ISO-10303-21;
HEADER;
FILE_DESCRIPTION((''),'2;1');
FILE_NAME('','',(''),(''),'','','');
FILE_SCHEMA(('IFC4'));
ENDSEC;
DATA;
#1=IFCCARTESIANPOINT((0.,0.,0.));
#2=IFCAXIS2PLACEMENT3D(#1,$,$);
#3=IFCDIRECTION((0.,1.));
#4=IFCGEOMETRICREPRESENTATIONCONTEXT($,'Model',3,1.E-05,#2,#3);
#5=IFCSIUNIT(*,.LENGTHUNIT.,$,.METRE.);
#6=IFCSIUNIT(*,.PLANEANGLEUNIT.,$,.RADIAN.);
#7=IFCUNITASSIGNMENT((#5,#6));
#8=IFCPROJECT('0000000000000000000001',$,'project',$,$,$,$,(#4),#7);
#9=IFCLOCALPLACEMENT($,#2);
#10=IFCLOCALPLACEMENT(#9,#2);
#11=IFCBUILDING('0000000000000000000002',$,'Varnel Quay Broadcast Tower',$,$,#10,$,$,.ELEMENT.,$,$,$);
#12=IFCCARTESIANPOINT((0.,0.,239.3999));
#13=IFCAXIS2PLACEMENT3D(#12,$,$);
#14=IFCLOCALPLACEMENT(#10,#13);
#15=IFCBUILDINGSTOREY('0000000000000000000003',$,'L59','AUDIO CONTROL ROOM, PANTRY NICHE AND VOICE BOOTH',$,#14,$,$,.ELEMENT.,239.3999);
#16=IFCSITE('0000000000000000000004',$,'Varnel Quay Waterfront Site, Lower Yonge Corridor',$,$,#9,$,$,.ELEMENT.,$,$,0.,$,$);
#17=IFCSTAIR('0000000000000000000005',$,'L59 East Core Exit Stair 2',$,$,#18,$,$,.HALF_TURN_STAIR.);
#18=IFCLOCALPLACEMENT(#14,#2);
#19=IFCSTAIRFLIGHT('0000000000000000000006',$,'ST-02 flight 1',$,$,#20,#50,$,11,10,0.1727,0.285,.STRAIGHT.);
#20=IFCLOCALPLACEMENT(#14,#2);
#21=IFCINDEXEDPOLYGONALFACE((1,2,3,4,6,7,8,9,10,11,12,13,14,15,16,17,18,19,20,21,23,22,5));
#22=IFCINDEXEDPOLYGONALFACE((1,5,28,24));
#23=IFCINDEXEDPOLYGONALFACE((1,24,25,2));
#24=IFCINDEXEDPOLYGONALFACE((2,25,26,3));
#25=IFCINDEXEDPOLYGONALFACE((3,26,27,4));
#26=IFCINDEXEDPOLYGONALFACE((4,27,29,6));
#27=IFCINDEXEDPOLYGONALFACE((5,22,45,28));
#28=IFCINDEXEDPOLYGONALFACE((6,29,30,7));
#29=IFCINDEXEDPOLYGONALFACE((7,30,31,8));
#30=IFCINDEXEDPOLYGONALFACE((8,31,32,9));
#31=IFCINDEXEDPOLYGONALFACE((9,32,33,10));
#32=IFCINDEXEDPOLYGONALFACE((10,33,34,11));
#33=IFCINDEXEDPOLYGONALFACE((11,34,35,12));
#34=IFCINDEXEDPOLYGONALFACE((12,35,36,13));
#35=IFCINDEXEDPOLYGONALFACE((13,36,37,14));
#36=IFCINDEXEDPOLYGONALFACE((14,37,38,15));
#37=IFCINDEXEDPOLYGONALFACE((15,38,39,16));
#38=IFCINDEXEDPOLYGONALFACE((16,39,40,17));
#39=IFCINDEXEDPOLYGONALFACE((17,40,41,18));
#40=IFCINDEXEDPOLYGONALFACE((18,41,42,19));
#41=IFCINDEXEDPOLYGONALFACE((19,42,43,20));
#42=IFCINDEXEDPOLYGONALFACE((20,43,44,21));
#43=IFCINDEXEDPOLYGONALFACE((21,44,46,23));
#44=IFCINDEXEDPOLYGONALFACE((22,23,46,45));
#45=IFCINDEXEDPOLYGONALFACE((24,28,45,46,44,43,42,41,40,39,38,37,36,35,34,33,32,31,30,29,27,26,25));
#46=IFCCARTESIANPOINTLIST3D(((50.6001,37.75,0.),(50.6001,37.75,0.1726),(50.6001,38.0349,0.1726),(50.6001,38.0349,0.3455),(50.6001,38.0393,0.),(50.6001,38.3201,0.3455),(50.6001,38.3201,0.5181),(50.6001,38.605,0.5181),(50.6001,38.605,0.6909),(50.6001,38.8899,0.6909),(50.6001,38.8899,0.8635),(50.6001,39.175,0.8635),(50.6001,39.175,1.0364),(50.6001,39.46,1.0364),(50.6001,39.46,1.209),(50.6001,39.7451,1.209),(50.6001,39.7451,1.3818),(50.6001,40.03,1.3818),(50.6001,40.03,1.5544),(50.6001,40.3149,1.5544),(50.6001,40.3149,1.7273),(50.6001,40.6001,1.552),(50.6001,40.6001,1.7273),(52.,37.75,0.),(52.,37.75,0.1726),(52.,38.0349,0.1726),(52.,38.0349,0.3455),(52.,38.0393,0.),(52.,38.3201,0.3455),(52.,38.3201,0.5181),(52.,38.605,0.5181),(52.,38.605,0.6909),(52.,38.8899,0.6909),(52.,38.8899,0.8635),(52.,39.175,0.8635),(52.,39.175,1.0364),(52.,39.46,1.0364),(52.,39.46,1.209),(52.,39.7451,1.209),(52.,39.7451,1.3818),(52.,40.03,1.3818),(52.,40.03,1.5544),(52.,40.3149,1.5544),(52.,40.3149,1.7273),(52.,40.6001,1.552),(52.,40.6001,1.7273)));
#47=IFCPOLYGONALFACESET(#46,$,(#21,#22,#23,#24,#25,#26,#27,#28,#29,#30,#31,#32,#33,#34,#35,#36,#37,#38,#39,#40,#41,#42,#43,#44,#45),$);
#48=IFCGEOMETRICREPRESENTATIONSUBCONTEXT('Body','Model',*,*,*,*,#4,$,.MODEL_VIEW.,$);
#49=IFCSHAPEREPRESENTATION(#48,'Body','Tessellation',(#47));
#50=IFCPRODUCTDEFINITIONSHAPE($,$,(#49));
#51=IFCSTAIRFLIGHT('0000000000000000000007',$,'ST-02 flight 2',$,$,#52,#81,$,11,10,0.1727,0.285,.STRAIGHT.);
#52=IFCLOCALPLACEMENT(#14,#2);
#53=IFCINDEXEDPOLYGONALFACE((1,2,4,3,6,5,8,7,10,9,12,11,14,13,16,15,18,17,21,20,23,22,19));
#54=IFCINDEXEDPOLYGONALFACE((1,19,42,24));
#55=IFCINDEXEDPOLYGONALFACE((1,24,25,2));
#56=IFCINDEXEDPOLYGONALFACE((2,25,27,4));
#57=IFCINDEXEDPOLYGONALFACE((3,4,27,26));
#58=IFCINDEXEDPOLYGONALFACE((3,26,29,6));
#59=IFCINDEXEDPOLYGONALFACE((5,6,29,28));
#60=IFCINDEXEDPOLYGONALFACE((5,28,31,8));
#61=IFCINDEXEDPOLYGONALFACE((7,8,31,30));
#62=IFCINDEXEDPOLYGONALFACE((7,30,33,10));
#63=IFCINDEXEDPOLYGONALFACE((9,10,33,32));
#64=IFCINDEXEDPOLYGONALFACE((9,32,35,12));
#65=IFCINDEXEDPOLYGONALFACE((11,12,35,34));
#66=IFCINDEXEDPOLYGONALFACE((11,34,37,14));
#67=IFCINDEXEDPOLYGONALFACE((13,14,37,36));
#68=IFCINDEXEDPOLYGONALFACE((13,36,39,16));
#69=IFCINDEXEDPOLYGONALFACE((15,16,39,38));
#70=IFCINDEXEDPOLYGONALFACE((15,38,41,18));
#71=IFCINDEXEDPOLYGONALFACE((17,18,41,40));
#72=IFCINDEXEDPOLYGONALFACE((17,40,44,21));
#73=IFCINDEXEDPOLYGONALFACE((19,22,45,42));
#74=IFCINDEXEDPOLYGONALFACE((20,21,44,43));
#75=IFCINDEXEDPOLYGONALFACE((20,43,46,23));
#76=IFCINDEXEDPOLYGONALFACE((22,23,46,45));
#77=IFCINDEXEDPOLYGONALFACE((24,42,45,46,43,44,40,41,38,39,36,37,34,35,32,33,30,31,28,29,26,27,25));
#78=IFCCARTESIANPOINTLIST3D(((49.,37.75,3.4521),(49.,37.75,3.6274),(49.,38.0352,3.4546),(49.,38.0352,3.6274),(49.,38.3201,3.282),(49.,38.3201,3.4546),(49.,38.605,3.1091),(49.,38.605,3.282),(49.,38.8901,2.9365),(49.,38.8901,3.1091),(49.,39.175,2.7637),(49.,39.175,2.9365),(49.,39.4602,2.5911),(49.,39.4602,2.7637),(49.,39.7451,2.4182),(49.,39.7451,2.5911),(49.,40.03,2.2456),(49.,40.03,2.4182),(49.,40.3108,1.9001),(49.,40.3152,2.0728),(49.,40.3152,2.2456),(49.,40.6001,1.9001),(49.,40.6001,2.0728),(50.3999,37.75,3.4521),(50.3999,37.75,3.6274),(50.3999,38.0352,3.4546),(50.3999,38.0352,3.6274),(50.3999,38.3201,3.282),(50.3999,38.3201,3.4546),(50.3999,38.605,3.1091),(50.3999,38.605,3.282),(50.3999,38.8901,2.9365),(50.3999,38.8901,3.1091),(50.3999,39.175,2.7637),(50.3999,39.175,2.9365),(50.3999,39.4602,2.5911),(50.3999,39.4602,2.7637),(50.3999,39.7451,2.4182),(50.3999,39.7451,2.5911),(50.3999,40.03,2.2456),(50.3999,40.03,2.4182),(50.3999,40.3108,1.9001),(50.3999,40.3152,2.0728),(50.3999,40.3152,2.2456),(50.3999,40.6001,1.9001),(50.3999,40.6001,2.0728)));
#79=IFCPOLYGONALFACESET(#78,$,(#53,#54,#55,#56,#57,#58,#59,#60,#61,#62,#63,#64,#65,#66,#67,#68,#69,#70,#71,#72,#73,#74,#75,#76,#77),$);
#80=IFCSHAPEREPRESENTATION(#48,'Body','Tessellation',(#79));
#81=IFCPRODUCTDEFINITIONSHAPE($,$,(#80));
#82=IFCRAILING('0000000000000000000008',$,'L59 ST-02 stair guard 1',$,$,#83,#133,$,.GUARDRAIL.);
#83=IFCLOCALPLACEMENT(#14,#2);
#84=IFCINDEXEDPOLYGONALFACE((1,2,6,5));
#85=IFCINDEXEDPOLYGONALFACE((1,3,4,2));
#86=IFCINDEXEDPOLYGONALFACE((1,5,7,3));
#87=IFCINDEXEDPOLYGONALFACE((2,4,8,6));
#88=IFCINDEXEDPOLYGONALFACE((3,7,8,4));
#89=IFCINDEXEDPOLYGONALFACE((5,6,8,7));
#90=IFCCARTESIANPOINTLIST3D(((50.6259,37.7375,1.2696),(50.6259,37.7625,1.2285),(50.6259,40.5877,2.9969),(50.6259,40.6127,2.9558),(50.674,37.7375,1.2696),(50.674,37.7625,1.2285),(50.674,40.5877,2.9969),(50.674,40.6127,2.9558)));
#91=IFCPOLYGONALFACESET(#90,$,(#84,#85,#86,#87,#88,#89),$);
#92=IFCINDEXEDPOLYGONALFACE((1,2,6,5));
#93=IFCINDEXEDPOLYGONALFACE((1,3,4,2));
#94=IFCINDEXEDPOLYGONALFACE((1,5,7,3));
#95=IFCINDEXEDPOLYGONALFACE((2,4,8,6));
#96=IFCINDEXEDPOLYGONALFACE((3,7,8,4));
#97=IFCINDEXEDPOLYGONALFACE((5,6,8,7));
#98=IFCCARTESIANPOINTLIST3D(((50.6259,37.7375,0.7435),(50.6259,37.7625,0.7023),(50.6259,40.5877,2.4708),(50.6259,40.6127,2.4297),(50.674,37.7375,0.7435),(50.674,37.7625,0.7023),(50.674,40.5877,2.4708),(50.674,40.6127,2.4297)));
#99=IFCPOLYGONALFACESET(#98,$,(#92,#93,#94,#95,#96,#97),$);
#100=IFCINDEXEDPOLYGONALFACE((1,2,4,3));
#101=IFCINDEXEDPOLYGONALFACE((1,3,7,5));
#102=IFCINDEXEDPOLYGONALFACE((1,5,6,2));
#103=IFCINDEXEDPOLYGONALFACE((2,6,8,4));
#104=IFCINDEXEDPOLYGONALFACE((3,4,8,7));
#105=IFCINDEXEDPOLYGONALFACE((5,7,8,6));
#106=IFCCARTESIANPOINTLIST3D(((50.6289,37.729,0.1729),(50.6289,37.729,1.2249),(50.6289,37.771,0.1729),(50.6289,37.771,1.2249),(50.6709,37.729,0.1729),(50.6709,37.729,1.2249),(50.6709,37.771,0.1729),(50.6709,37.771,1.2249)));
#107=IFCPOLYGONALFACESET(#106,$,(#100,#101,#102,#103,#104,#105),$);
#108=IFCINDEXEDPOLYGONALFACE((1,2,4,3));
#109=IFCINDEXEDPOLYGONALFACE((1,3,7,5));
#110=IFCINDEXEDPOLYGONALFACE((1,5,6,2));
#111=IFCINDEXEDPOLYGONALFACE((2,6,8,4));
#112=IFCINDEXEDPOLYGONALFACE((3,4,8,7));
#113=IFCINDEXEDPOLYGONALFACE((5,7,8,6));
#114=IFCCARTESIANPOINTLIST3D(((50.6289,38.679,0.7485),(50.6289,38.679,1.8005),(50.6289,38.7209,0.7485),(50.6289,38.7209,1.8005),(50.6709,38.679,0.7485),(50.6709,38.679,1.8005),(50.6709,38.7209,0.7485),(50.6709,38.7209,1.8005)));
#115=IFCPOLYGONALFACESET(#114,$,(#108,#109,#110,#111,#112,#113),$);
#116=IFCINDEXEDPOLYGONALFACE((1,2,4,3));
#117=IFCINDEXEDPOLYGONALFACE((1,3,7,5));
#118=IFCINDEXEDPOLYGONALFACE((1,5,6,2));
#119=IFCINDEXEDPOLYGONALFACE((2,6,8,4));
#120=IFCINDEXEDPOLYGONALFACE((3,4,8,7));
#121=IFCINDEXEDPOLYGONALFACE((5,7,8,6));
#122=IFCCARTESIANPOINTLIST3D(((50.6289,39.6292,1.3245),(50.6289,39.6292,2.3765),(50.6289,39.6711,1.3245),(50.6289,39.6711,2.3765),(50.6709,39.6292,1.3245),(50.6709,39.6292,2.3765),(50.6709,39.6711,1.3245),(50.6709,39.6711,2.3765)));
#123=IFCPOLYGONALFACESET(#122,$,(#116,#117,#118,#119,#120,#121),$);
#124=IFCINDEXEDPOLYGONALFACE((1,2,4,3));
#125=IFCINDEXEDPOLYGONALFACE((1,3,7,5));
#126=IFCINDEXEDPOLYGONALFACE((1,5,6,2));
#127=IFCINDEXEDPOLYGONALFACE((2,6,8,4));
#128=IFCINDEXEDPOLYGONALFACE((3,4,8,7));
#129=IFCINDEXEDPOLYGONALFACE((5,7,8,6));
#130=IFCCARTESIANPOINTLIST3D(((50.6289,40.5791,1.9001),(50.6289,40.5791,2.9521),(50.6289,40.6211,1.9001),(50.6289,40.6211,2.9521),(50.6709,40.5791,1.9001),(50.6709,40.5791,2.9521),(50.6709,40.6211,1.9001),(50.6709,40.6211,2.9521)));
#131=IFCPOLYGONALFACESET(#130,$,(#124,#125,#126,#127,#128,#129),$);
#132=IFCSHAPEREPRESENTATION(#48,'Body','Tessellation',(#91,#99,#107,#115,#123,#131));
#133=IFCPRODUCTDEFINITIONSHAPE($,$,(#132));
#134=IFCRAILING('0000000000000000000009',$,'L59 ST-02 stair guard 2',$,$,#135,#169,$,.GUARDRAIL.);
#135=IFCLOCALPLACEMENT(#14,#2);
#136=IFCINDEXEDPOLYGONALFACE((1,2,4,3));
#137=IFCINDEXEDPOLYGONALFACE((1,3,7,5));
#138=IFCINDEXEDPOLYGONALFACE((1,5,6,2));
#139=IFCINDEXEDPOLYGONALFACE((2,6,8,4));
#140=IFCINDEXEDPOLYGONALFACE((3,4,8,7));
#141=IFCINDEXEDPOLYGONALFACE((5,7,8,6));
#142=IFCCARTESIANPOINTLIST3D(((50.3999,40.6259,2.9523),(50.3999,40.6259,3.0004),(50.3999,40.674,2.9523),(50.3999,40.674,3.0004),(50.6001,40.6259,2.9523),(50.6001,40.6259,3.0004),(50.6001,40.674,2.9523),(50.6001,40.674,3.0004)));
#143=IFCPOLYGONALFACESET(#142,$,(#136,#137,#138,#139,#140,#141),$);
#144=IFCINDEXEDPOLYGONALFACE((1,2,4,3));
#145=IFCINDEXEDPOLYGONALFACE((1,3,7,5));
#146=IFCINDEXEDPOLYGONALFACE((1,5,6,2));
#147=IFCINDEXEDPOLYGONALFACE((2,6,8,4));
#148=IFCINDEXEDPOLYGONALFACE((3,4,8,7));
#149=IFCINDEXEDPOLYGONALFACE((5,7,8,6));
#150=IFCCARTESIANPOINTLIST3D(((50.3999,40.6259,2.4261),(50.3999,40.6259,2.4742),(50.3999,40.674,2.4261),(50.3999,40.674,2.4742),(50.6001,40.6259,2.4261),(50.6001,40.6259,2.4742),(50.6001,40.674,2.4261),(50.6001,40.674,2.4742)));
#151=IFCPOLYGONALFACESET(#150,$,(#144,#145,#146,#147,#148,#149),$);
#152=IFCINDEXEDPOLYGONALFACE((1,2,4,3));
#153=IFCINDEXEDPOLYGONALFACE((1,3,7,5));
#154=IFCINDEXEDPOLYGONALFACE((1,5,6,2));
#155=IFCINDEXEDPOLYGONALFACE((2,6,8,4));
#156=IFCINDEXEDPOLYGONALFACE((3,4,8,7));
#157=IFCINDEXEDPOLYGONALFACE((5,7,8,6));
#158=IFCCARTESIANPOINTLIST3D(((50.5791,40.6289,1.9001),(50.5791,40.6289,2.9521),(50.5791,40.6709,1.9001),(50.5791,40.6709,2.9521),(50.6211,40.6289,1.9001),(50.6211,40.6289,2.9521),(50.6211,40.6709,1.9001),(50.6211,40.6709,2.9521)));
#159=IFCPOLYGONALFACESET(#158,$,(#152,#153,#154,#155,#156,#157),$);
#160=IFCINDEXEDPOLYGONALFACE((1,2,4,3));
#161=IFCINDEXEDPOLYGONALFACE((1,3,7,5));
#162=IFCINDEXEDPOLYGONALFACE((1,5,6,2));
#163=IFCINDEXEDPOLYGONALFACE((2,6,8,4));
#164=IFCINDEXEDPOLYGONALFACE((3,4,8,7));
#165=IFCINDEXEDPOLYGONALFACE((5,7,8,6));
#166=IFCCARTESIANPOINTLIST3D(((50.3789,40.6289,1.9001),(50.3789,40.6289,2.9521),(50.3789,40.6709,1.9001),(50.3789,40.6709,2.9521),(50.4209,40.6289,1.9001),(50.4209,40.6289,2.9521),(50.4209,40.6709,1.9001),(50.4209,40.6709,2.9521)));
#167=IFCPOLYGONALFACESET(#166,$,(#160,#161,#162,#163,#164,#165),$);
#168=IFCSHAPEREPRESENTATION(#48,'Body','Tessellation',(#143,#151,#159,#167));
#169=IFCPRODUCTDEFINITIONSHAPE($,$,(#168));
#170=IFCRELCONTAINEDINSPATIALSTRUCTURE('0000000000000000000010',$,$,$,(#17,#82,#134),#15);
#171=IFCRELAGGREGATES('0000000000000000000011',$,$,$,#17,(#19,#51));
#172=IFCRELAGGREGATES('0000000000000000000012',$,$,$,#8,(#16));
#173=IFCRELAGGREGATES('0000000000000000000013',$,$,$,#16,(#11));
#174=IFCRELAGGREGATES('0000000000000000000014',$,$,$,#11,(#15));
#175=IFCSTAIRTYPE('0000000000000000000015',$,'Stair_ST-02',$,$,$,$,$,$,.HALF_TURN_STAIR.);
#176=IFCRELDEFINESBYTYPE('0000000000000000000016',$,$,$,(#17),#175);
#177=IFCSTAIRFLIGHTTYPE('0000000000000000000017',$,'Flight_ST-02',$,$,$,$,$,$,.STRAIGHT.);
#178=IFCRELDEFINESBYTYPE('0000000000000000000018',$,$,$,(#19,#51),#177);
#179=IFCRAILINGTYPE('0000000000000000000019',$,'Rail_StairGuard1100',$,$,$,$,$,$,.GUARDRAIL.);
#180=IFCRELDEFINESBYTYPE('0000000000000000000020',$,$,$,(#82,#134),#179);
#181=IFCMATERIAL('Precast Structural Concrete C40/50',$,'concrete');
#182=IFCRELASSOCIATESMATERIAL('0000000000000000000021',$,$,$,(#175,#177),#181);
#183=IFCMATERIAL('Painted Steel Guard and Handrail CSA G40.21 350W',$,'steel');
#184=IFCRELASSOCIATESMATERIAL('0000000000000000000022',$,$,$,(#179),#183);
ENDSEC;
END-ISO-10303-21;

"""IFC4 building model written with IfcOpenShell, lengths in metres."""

from ifc_helpers import new_model, si_unit, direction, frame, origin, origin_2d, place, context, subcontext, project, spatial, polyline, rectangle, outline, extrude, material, type_object, element, aggregate, save


model = new_model("IFC4")

# Units and contexts
model_context = context("Model", 3, precision=1e-05, world=origin(), true_north=direction((0.0, 1.0)))
body_context = subcontext(model_context, "Body", "Model", "MODEL_VIEW")
ifc_project = project(units=[si_unit("LENGTHUNIT", "METRE"), si_unit("PLANEANGLEUNIT", "RADIAN")], contexts=[model_context])

# Site, building, storey
site_placement = place(None, origin())
site = spatial("IfcSite", under=ifc_project, at=site_placement, Name="Varnel Quay Waterfront Site, Lower Yonge Corridor", CompositionType="ELEMENT", RefElevation=0.0)
building_placement = place(site_placement, origin())
building = spatial("IfcBuilding", under=site, at=building_placement, Name="Varnel Quay Broadcast Tower", CompositionType="ELEMENT")
storey_placement = place(building_placement, frame((0.0, 0.0, 239.3999)))
storey = spatial("IfcBuildingStorey", under=building, at=storey_placement, Name="L59", Description="AUDIO CONTROL ROOM, PANTRY NICHE AND VOICE BOOTH", CompositionType="ELEMENT", Elevation=239.3999)

# Stair, stair flights
ifc_material_1 = material(Name="Precast Structural Concrete C40/50", Category="concrete")
stair_type = type_object("IfcStairType", Name="Stair_ST-02", PredefinedType="HALF_TURN_STAIR", material=ifc_material_1)
stair_placement = place(storey_placement, origin())
stair = element("IfcStair", 1, at=stair_placement, inside=storey, type_object=stair_type, Name="L59 East Core Exit Stair 2", PredefinedType="HALF_TURN_STAIR")
stair_flight_type = type_object("IfcStairFlightType", Name="Flight_ST-02", PredefinedType="STRAIGHT", material=ifc_material_1)
stair_flight_1_placement = place(storey_placement, frame((51.3, 37.75, 0.0), z_axis=(0.0, 0.0, 1.0), x_axis=(0.0, 1.0, 0.0)))
stair_flight_1 = element("IfcStairFlight", 2, at=stair_flight_1_placement, type_object=stair_flight_type, Name="ST-02 flight 1", NumberOfRisers=11, NumberOfTreads=10, PredefinedType="STRAIGHT", RiserHeight=0.1727, TreadLength=0.285, context=body_context, shape_type="SweptSolid", body=[
    extrude(outline(polyline([(0.0, 0.0), (0.0, 0.1726), (0.2849, 0.1726), (0.2849, 0.3455), (0.5701, 0.3455), (0.5701, 0.5181), (0.855, 0.5181), (0.855, 0.6909), (1.1399, 0.6909), (1.1399, 0.8635), (1.425, 0.8635), (1.425, 1.0364), (1.71, 1.0364), (1.71, 1.209), (1.9951, 1.209), (1.9951, 1.3818), (2.28, 1.3818), (2.28, 1.5544), (2.5649, 1.5544), (2.5649, 1.7273), (2.8501, 1.7273), (2.8501, 1.8999), (2.8501, 1.552), (0.2893, 0.0), (0.0, 0.0)])), frame((0.0, 0.7, 0.0), z_axis=(0.0, -1.0, 0.0), x_axis=(1.0, 0.0, 0.0)), (0.0, 0.0, 1.0), 1.3999),
])
stair_flight_2_placement = place(storey_placement, frame((49.7, 40.6001, 1.9001), z_axis=(0.0, 0.0, 1.0), x_axis=(0.0, -1.0, 0.0)))
stair_flight_2 = element("IfcStairFlight", 3, at=stair_flight_2_placement, type_object=stair_flight_type, Name="ST-02 flight 2", NumberOfRisers=11, NumberOfTreads=10, PredefinedType="STRAIGHT", RiserHeight=0.1727, TreadLength=0.285, context=body_context, shape_type="SweptSolid", body=[
    extrude(outline(polyline([(0.0, 0.0), (0.0, 0.1726), (0.2849, 0.1726), (0.2849, 0.3455), (0.5701, 0.3455), (0.5701, 0.5181), (0.855, 0.5181), (0.855, 0.6909), (1.1399, 0.6909), (1.1399, 0.8635), (1.425, 0.8635), (1.425, 1.0364), (1.71, 1.0364), (1.71, 1.209), (1.9951, 1.209), (1.9951, 1.3818), (2.28, 1.3818), (2.28, 1.5544), (2.5649, 1.5544), (2.5649, 1.7273), (2.8501, 1.7273), (2.8501, 1.8999), (2.8501, 1.552), (0.2893, 0.0), (0.0, 0.0)])), frame((0.0, 0.7, 0.0), z_axis=(0.0, -1.0, 0.0), x_axis=(1.0, 0.0, 0.0)), (0.0, 0.0, 1.0), 1.3999),
])
aggregate(stair, [stair_flight_1, stair_flight_2])

# Railings
ifc_material_2 = material(Name="Painted Steel Guard and Handrail CSA G40.21 350W", Category="steel")
railing_type_1 = type_object("IfcRailingType", Name="Rail_StairGuard1100", PredefinedType="GUARDRAIL", material=ifc_material_2)
railing_1_placement = place(storey_placement, frame((50.6499, 37.75, 0.1729)))
element("IfcRailing", 4, at=railing_1_placement, inside=storey, type_object=railing_type_1, Name="L59 ST-02 stair guard 1", PredefinedType="GUARDRAIL", context=body_context, shape_type="SweptSolid", body=[
    extrude(rectangle(XDim=0.0481, YDim=0.0481, at=origin_2d()), frame((0.0, 0.0, 1.0762), z_axis=(0.0, 0.855203, 0.518294), x_axis=(-1.0, 0.0, 0.0)), (0.0, 0.0, 1.0), 3.3328),
    extrude(rectangle(XDim=0.0481, YDim=0.0481, at=origin_2d()), frame((0.0, 0.0, 0.55), z_axis=(0.0, 0.855203, 0.518294), x_axis=(-1.0, 0.0, 0.0)), (0.0, 0.0, 1.0), 3.3328),
    extrude(rectangle(XDim=0.042, YDim=0.042, at=origin_2d()), origin(), (0.0, 0.0, 1.0), 1.052),
    extrude(rectangle(XDim=0.042, YDim=0.042, at=origin_2d()), frame((0.0, 0.95, 0.5757)), (0.0, 0.0, 1.0), 1.052),
    extrude(rectangle(XDim=0.042, YDim=0.042, at=origin_2d()), frame((0.0, 1.9001, 1.1516)), (0.0, 0.0, 1.0), 1.052),
    extrude(rectangle(XDim=0.042, YDim=0.042, at=origin_2d()), frame((0.0, 2.8501, 1.7273)), (0.0, 0.0, 1.0), 1.052),
])
railing_2_placement = place(storey_placement, frame((50.6001, 40.6499, 1.9001)))
element("IfcRailing", 5, at=railing_2_placement, inside=storey, type_object=railing_type_1, Name="L59 ST-02 stair guard 2", PredefinedType="GUARDRAIL", context=body_context, shape_type="SweptSolid", body=[
    extrude(rectangle(XDim=0.0481, YDim=0.0481, at=origin_2d()), frame((0.0, 0.0, 1.0762), z_axis=(-1.0, 0.0, 0.0), x_axis=(0.0, -1.0, 0.0)), (0.0, 0.0, 1.0), 0.2002),
    extrude(rectangle(XDim=0.0481, YDim=0.0481, at=origin_2d()), frame((0.0, 0.0, 0.55), z_axis=(-1.0, 0.0, 0.0), x_axis=(0.0, -1.0, 0.0)), (0.0, 0.0, 1.0), 0.2002),
    extrude(rectangle(XDim=0.042, YDim=0.042, at=origin_2d()), origin(), (0.0, 0.0, 1.0), 1.052),
    extrude(rectangle(XDim=0.042, YDim=0.042, at=origin_2d()), frame((-0.2002, 0.0, 0.0)), (0.0, 0.0, 1.0), 1.052),
])

save(model, "model.ifc")
